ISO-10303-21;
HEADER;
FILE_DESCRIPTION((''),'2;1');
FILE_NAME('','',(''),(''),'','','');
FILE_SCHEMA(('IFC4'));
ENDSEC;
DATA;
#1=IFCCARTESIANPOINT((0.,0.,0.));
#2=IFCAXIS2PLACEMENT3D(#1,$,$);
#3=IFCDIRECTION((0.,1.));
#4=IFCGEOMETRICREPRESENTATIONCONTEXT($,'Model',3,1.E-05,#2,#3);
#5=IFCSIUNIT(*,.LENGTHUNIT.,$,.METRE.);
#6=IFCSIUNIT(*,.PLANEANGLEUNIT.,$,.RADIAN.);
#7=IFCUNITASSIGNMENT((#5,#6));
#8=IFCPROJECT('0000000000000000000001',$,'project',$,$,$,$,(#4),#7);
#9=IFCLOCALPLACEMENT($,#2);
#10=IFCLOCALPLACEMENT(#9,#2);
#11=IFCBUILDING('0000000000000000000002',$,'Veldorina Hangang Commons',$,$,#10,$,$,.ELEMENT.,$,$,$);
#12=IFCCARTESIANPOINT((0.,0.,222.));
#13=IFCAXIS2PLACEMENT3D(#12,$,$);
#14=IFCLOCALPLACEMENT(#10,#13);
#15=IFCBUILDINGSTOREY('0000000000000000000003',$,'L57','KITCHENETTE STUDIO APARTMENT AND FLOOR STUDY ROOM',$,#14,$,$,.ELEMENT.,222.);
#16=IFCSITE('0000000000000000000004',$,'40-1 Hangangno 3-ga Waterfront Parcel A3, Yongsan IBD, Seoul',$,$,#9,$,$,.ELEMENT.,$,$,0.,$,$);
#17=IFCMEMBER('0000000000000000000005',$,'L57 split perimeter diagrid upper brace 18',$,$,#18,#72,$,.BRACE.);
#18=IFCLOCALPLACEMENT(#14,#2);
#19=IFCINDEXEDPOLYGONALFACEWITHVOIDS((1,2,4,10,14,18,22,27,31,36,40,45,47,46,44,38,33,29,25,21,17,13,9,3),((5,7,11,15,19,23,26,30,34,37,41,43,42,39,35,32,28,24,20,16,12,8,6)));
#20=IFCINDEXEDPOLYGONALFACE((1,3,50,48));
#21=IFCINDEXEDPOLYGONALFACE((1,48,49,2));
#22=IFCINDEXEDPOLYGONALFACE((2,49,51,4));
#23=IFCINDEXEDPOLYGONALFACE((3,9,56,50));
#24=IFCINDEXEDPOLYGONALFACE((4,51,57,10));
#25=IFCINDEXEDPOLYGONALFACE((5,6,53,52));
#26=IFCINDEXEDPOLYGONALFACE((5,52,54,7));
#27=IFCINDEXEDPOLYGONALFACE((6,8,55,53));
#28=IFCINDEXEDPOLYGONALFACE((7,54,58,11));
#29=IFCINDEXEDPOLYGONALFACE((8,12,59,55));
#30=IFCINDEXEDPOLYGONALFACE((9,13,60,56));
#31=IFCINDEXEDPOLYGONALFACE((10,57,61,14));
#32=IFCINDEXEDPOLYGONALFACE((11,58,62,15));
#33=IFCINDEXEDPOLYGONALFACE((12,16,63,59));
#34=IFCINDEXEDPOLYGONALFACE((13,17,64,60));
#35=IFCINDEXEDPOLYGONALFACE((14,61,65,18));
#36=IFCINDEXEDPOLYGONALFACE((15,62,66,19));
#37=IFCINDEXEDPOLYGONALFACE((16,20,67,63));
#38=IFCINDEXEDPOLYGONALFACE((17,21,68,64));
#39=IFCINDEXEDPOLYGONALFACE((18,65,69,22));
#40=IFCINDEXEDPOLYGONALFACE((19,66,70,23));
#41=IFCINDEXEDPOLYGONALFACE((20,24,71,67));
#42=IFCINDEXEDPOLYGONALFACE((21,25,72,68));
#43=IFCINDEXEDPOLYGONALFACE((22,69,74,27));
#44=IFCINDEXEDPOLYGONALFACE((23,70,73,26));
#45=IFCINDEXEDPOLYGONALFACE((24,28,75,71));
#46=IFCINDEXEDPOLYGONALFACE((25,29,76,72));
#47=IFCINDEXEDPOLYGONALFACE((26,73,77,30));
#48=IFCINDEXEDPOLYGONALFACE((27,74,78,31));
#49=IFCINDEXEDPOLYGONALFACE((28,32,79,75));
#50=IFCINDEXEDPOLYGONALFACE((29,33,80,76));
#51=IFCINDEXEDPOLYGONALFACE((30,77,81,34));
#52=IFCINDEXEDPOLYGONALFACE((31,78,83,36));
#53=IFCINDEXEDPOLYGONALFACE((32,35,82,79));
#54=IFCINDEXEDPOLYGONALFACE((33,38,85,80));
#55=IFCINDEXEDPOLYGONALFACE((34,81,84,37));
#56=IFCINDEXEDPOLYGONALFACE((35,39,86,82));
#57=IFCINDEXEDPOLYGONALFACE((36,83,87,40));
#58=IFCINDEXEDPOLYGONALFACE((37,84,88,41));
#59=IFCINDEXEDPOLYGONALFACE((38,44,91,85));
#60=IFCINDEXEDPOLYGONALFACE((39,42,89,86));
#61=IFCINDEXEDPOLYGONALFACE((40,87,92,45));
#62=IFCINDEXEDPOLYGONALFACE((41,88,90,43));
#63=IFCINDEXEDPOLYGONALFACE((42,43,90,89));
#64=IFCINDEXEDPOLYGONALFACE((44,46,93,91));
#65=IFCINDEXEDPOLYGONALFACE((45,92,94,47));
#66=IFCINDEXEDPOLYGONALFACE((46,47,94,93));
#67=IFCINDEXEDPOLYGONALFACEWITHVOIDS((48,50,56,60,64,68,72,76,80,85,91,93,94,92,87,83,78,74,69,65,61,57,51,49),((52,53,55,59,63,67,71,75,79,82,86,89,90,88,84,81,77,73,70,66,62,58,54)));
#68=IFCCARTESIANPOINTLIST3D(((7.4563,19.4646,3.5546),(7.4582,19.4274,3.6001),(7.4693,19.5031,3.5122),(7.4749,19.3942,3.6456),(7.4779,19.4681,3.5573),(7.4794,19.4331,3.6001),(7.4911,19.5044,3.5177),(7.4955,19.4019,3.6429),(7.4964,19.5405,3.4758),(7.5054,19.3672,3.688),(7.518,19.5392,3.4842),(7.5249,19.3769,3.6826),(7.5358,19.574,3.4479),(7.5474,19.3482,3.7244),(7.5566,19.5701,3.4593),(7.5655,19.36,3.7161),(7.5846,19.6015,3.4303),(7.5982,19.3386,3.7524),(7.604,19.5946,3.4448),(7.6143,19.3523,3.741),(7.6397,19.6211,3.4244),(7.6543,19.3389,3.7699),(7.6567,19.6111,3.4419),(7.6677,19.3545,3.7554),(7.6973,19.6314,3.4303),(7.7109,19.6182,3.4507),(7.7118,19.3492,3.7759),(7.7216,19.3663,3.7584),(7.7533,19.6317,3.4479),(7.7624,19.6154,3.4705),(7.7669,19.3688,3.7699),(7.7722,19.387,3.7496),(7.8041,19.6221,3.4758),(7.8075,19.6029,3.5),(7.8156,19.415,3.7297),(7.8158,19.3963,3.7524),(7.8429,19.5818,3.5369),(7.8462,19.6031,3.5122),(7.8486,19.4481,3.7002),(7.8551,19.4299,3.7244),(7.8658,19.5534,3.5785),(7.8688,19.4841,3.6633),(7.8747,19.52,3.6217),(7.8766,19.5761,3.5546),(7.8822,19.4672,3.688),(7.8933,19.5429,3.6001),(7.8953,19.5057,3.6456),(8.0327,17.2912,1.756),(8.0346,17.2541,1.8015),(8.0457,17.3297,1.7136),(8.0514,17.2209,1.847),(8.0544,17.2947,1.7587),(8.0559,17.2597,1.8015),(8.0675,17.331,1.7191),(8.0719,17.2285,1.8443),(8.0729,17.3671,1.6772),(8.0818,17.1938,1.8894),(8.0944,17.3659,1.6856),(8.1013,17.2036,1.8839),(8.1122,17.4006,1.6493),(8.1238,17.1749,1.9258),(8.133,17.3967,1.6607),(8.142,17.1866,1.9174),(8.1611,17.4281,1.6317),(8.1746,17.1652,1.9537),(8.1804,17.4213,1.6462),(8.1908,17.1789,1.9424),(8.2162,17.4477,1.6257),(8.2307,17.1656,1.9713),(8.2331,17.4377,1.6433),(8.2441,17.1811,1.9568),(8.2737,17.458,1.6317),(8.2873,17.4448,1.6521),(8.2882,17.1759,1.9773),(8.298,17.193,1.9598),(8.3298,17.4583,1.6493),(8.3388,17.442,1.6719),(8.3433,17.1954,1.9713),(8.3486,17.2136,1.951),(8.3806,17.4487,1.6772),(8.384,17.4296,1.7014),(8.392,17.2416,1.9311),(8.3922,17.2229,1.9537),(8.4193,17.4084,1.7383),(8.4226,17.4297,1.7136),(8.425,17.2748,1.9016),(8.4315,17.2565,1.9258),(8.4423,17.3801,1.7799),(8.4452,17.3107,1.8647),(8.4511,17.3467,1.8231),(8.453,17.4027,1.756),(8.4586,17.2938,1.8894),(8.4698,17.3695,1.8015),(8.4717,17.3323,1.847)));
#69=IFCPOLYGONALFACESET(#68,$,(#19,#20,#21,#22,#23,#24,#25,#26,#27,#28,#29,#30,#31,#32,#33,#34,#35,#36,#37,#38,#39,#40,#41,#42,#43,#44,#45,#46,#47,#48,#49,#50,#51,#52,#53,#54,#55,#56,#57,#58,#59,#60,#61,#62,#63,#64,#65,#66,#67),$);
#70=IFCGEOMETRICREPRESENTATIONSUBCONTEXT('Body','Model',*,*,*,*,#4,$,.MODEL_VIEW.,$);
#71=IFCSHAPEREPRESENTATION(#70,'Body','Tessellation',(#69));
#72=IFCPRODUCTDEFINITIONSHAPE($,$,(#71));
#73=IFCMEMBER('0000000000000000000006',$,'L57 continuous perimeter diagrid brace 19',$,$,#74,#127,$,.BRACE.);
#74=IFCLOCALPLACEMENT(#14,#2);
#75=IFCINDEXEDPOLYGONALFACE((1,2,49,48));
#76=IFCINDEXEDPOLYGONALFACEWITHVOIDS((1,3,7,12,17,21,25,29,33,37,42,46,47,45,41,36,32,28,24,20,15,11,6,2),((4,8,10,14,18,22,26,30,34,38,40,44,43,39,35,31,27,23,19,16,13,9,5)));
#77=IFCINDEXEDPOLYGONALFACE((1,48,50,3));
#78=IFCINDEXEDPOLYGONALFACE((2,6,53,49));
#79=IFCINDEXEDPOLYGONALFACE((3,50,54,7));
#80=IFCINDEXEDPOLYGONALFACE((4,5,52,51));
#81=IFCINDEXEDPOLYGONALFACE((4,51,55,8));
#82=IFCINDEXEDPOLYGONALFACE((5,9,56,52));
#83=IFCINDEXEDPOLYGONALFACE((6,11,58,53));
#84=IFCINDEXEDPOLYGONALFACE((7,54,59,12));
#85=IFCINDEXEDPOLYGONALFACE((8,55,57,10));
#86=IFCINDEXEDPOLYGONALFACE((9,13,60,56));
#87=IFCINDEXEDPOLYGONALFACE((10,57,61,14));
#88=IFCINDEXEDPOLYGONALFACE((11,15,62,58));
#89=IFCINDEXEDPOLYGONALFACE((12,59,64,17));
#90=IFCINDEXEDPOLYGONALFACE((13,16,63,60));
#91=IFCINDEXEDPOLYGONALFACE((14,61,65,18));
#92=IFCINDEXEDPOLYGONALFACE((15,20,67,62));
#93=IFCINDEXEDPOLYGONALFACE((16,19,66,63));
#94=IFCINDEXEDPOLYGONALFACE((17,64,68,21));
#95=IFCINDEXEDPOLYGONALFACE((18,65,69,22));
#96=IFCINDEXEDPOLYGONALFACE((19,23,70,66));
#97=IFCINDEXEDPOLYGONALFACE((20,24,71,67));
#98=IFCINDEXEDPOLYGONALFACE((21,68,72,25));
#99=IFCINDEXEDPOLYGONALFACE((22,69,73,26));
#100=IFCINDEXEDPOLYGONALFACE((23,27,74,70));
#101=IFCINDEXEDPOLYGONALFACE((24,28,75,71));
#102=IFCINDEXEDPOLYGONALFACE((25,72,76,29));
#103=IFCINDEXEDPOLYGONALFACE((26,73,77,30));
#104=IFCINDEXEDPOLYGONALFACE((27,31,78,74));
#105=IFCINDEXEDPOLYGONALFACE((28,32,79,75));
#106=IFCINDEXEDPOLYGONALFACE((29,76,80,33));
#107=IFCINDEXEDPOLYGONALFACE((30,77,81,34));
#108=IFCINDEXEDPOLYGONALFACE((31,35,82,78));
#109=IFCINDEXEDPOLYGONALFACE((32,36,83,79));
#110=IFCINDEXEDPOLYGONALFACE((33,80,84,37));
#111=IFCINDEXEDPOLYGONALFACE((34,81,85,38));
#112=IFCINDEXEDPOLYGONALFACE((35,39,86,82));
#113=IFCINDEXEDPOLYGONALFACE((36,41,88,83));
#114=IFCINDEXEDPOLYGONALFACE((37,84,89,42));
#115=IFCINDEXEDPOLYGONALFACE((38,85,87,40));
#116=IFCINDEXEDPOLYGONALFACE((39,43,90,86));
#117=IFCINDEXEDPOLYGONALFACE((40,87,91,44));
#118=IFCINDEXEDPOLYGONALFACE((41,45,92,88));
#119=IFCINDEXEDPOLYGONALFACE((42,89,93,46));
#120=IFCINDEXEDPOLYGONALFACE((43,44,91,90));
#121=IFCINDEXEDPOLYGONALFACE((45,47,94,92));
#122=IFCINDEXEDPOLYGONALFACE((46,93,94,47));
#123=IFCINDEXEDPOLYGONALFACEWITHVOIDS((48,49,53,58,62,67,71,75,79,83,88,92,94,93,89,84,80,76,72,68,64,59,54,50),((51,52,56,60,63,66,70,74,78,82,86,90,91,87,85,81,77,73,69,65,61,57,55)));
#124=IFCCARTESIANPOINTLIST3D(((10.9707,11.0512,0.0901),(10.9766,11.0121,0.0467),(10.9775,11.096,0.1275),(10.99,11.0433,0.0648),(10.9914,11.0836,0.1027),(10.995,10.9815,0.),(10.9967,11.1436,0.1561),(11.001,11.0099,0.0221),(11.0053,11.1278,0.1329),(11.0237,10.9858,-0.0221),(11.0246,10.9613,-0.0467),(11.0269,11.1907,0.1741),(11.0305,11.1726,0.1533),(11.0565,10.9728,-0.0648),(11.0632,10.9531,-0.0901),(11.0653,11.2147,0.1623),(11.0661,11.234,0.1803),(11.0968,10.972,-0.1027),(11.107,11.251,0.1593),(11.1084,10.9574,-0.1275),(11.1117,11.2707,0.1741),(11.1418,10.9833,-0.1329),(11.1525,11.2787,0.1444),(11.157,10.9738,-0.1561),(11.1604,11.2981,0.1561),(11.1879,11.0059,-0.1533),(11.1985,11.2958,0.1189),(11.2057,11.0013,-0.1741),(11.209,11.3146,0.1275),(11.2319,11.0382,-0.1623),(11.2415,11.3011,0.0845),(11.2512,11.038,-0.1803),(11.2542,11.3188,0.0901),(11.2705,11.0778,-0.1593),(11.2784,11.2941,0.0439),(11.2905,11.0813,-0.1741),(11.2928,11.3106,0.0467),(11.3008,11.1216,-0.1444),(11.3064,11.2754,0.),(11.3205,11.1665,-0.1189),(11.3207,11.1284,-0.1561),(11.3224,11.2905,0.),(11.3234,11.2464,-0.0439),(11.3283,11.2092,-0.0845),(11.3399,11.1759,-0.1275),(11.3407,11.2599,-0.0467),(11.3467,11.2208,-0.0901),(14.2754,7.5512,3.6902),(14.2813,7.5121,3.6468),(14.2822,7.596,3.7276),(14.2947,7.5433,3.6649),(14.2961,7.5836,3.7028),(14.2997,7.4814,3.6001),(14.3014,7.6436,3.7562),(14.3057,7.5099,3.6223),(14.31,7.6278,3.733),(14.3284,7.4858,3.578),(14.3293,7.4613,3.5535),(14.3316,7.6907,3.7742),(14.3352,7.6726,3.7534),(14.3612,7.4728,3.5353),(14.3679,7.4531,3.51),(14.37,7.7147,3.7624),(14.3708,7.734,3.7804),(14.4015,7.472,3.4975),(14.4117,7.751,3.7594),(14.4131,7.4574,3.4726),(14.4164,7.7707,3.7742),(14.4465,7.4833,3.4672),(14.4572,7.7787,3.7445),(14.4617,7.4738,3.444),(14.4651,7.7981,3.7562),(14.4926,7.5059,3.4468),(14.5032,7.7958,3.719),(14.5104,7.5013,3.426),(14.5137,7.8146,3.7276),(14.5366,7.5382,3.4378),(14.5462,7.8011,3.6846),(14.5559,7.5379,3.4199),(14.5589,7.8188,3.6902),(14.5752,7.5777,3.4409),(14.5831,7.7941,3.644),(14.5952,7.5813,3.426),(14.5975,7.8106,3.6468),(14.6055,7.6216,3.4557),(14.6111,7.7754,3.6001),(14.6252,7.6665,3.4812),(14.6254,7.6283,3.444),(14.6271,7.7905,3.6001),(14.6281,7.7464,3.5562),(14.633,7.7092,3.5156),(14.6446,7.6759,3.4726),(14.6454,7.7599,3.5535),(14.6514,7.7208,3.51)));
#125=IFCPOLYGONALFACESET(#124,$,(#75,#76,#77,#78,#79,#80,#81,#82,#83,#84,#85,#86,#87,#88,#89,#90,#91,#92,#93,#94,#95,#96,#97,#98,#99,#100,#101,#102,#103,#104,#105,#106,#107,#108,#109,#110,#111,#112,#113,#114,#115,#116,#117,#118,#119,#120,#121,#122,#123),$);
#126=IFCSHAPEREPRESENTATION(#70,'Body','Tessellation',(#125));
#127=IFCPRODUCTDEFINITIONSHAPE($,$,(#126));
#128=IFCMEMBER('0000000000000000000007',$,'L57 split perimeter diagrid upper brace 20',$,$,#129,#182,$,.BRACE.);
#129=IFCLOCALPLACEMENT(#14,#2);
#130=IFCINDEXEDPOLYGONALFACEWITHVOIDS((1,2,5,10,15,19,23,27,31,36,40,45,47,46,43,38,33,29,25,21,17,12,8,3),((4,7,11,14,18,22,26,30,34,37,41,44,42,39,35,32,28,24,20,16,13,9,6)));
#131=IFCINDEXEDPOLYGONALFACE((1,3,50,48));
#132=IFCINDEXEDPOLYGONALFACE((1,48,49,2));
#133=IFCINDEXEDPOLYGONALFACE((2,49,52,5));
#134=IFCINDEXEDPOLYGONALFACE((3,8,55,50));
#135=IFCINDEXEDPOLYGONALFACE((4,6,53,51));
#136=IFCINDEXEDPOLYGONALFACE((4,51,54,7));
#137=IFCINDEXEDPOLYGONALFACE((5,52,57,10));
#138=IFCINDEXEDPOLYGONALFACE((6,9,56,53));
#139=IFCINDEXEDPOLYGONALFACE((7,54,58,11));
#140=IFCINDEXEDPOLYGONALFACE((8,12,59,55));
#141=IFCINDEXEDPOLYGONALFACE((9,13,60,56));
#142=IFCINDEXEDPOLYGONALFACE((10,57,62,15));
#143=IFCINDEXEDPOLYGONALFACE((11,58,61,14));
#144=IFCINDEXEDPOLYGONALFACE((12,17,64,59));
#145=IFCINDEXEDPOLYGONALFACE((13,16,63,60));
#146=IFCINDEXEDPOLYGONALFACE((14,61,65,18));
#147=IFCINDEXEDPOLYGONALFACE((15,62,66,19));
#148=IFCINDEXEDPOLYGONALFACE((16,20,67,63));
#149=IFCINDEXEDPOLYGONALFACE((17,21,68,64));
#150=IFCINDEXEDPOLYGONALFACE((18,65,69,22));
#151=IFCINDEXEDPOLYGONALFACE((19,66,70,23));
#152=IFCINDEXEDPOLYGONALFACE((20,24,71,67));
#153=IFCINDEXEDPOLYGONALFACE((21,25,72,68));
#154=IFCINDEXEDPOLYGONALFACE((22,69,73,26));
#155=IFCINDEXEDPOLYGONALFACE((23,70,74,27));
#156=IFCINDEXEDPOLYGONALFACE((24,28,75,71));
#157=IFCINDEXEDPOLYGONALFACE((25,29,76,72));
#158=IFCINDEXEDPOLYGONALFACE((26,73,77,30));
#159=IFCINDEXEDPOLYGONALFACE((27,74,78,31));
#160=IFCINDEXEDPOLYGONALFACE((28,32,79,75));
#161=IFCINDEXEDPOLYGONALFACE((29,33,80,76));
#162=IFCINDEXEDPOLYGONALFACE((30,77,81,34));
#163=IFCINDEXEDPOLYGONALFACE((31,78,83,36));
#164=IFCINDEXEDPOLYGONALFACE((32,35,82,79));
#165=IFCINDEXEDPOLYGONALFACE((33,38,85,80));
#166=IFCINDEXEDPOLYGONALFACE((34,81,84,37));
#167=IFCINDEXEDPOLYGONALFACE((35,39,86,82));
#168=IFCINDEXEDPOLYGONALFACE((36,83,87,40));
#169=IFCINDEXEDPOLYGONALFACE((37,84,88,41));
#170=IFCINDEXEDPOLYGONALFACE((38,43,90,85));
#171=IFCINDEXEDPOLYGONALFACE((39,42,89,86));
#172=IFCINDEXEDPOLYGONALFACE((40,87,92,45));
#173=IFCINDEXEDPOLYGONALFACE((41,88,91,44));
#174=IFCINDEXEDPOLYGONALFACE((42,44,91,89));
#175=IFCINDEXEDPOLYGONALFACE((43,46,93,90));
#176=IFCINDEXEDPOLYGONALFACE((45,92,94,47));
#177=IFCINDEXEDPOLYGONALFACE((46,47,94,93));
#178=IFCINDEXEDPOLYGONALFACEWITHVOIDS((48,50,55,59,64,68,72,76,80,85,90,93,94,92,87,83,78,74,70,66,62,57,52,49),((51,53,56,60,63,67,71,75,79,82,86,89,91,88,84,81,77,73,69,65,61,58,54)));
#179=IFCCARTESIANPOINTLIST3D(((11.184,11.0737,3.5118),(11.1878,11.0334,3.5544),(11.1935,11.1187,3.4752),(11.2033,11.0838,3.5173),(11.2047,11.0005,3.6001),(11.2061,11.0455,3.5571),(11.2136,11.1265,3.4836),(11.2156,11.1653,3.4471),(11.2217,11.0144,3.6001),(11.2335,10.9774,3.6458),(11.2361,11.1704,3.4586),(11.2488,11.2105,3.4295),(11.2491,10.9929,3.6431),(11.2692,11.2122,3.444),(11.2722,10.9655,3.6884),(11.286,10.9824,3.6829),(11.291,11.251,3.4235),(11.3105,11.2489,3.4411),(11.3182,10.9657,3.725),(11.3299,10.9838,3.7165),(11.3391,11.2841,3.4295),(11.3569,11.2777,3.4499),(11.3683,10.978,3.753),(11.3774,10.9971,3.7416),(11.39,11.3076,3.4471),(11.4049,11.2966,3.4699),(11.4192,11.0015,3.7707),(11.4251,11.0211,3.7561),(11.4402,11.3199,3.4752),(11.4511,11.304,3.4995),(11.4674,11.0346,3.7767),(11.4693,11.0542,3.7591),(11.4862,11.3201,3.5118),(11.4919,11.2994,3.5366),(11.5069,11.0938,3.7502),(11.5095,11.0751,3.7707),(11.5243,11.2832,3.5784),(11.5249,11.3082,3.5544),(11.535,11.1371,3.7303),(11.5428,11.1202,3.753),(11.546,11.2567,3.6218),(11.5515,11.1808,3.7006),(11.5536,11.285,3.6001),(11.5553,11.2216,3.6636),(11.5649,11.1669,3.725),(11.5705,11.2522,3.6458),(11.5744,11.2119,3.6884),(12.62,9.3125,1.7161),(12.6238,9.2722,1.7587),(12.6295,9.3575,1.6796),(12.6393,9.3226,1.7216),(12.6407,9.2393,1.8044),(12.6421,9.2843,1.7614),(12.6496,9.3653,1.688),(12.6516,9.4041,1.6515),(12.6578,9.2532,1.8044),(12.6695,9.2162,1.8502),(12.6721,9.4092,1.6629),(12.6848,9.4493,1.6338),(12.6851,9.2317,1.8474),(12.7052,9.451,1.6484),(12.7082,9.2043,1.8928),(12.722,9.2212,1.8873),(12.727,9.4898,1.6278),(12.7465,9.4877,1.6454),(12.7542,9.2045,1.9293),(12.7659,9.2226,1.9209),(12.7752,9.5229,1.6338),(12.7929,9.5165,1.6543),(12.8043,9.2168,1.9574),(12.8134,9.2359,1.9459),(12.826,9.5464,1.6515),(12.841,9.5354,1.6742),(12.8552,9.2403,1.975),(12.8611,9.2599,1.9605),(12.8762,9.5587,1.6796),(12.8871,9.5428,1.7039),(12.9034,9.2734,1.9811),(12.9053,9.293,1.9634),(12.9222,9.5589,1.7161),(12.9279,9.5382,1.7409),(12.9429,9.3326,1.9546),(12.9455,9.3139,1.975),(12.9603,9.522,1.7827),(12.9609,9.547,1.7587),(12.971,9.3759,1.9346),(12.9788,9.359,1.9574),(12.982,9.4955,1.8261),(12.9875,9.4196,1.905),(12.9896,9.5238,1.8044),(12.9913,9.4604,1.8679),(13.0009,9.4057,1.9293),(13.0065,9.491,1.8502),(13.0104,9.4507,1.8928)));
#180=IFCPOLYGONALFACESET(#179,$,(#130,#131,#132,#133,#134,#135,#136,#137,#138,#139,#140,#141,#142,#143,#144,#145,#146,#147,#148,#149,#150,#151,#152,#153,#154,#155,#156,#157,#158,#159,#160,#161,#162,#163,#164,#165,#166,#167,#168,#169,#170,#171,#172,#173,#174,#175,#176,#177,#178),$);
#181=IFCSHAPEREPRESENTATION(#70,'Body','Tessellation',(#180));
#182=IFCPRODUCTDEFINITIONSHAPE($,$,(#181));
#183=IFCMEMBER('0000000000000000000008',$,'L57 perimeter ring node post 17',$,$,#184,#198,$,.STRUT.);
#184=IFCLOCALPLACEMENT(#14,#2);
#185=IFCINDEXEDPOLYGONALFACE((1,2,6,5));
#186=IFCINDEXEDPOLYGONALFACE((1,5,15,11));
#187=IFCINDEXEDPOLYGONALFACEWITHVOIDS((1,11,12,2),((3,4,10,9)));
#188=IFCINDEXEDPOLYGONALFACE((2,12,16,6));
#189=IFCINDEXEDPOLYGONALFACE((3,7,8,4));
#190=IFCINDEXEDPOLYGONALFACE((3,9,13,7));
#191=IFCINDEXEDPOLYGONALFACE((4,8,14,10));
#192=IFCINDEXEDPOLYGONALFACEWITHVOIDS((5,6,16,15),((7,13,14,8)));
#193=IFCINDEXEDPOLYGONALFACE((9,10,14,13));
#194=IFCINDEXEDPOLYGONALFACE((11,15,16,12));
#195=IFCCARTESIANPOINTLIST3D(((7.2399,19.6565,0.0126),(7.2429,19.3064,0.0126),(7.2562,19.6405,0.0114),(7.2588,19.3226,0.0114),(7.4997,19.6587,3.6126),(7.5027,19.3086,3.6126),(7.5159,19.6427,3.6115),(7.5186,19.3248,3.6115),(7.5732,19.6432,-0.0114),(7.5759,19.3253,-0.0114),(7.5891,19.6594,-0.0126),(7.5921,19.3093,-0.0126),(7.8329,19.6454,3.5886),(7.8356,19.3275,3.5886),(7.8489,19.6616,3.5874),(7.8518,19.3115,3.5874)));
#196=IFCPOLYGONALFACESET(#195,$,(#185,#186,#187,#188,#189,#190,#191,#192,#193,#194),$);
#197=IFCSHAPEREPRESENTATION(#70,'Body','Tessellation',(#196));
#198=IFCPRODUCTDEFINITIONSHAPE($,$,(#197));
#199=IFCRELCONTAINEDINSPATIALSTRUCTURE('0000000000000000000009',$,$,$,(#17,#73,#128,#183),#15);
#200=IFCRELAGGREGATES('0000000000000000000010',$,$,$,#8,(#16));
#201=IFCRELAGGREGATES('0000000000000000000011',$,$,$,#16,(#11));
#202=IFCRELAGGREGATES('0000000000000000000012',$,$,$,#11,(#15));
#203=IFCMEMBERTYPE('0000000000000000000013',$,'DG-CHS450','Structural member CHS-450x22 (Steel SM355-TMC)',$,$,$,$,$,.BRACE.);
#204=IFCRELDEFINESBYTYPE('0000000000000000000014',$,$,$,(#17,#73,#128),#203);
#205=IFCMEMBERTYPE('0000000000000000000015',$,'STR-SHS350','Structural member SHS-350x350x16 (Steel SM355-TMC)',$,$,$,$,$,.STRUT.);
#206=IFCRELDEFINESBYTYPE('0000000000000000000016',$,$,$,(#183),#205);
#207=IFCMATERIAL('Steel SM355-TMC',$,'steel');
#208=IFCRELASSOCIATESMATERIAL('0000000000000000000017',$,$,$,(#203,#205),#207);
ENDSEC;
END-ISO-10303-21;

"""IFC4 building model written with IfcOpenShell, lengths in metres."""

from ifc_helpers import new_model, si_unit, direction, frame, origin, origin_2d, place, context, subcontext, project, spatial, hollow_rectangle, hollow_circle, extrude, material, material_profile, profile_set, type_object, element, save


model = new_model("IFC4")

# Units and contexts
model_context = context("Model", 3, precision=1e-05, world=origin(), true_north=direction((0.0, 1.0)))
body_context = subcontext(model_context, "Body", "Model", "MODEL_VIEW")
ifc_project = project(units=[si_unit("LENGTHUNIT", "METRE"), si_unit("PLANEANGLEUNIT", "RADIAN")], contexts=[model_context])

# Site, building, storey
site_placement = place(None, origin())
site = spatial("IfcSite", under=ifc_project, at=site_placement, Name="40-1 Hangangno 3-ga Waterfront Parcel A3, Yongsan IBD, Seoul", CompositionType="ELEMENT", RefElevation=0.0)
building_placement = place(site_placement, origin())
building = spatial("IfcBuilding", under=site, at=building_placement, Name="Veldorina Hangang Commons", CompositionType="ELEMENT")
storey_placement = place(building_placement, frame((0.0, 0.0, 222.0)))
storey = spatial("IfcBuildingStorey", under=building, at=storey_placement, Name="L57", Description="KITCHENETTE STUDIO APARTMENT AND FLOOR STUDY ROOM", CompositionType="ELEMENT", Elevation=222.0)

# Shared definitions
ifc_material_1 = material(Name="Steel SM355-TMC", Category="steel")

# Members
ifc_material_profile_1 = material_profile(ifc_material_1, hollow_circle(Radius=0.2251, WallThickness=0.022, at=origin_2d()), Name="CHS-450x22")
ifc_profile_set_1 = profile_set([ifc_material_profile_1], Name="Steel SM355-TMC")
member_type_1 = type_object("IfcMemberType", Name="DG-CHS450", Description="Structural member CHS-450x22 (Steel SM355-TMC)", PredefinedType="BRACE", material=ifc_profile_set_1)
member_1_placement = place(storey_placement, frame((8.2522, 17.3118, 1.8015), z_axis=(-0.200191, 0.754806, 0.624653), x_axis=(-0.966582, -0.256358, 0.0)))
element("IfcMember", 1, at=member_1_placement, inside=storey, type_object=member_type_1, Name="L57 split perimeter diagrid upper brace 18", PredefinedType="BRACE", context=body_context, shape_type="SweptSolid", body=[
    extrude(hollow_circle(Radius=0.2251, WallThickness=0.022, at=origin_2d()), origin(), (0.0, 0.0, 1.0), 2.8794),
])
member_2_placement = place(storey_placement, frame((11.1587, 11.136, 0.0), z_axis=(0.549777, -0.58227, 0.598922), x_axis=(0.727103, 0.686528, 0.0)))
element("IfcMember", 2, at=member_2_placement, inside=storey, type_object=member_type_1, Name="L57 continuous perimeter diagrid brace 19", PredefinedType="BRACE", context=body_context, shape_type="SweptSolid", body=[
    extrude(hollow_circle(Radius=0.2251, WallThickness=0.022, at=origin_2d()), origin(), (0.0, 0.0, 1.0), 6.011),
])
member_3_placement = place(storey_placement, frame((12.8152, 9.3816, 1.8044), z_axis=(-0.495819, 0.608098, 0.619984), x_axis=(-0.775028, -0.631926, 0.0)))
element("IfcMember", 3, at=member_3_placement, inside=storey, type_object=member_type_1, Name="L57 split perimeter diagrid upper brace 20", PredefinedType="BRACE", context=body_context, shape_type="SweptSolid", body=[
    extrude(hollow_circle(Radius=0.2251, WallThickness=0.022, at=origin_2d()), origin(), (0.0, 0.0, 1.0), 2.8962),
])
ifc_material_profile_2 = material_profile(ifc_material_1, hollow_rectangle(XDim=0.3501, YDim=0.3501, WallThickness=0.0161, at=origin_2d()), Name="SHS-350x350x16")
ifc_profile_set_2 = profile_set([ifc_material_profile_2], Name="Steel SM355-TMC")
member_type_2 = type_object("IfcMemberType", Name="STR-SHS350", Description="Structural member SHS-350x350x16 (Steel SM355-TMC)", PredefinedType="STRUT", material=ifc_profile_set_2)
member_4_placement = place(storey_placement, frame((7.416, 19.4829, 0.0), z_axis=(0.071968, 0.000609, 0.997407), x_axis=(-0.008458, 0.999964, 0.0)))
element("IfcMember", 4, at=member_4_placement, inside=storey, type_object=member_type_2, Name="L57 perimeter ring node post 17", PredefinedType="STRUT", context=body_context, shape_type="SweptSolid", body=[
    extrude(hollow_rectangle(XDim=0.3501, YDim=0.3501, WallThickness=0.0161, at=origin_2d()), origin(), (0.0, 0.0, 1.0), 3.6094),
])

save(model, "model.ifc")
